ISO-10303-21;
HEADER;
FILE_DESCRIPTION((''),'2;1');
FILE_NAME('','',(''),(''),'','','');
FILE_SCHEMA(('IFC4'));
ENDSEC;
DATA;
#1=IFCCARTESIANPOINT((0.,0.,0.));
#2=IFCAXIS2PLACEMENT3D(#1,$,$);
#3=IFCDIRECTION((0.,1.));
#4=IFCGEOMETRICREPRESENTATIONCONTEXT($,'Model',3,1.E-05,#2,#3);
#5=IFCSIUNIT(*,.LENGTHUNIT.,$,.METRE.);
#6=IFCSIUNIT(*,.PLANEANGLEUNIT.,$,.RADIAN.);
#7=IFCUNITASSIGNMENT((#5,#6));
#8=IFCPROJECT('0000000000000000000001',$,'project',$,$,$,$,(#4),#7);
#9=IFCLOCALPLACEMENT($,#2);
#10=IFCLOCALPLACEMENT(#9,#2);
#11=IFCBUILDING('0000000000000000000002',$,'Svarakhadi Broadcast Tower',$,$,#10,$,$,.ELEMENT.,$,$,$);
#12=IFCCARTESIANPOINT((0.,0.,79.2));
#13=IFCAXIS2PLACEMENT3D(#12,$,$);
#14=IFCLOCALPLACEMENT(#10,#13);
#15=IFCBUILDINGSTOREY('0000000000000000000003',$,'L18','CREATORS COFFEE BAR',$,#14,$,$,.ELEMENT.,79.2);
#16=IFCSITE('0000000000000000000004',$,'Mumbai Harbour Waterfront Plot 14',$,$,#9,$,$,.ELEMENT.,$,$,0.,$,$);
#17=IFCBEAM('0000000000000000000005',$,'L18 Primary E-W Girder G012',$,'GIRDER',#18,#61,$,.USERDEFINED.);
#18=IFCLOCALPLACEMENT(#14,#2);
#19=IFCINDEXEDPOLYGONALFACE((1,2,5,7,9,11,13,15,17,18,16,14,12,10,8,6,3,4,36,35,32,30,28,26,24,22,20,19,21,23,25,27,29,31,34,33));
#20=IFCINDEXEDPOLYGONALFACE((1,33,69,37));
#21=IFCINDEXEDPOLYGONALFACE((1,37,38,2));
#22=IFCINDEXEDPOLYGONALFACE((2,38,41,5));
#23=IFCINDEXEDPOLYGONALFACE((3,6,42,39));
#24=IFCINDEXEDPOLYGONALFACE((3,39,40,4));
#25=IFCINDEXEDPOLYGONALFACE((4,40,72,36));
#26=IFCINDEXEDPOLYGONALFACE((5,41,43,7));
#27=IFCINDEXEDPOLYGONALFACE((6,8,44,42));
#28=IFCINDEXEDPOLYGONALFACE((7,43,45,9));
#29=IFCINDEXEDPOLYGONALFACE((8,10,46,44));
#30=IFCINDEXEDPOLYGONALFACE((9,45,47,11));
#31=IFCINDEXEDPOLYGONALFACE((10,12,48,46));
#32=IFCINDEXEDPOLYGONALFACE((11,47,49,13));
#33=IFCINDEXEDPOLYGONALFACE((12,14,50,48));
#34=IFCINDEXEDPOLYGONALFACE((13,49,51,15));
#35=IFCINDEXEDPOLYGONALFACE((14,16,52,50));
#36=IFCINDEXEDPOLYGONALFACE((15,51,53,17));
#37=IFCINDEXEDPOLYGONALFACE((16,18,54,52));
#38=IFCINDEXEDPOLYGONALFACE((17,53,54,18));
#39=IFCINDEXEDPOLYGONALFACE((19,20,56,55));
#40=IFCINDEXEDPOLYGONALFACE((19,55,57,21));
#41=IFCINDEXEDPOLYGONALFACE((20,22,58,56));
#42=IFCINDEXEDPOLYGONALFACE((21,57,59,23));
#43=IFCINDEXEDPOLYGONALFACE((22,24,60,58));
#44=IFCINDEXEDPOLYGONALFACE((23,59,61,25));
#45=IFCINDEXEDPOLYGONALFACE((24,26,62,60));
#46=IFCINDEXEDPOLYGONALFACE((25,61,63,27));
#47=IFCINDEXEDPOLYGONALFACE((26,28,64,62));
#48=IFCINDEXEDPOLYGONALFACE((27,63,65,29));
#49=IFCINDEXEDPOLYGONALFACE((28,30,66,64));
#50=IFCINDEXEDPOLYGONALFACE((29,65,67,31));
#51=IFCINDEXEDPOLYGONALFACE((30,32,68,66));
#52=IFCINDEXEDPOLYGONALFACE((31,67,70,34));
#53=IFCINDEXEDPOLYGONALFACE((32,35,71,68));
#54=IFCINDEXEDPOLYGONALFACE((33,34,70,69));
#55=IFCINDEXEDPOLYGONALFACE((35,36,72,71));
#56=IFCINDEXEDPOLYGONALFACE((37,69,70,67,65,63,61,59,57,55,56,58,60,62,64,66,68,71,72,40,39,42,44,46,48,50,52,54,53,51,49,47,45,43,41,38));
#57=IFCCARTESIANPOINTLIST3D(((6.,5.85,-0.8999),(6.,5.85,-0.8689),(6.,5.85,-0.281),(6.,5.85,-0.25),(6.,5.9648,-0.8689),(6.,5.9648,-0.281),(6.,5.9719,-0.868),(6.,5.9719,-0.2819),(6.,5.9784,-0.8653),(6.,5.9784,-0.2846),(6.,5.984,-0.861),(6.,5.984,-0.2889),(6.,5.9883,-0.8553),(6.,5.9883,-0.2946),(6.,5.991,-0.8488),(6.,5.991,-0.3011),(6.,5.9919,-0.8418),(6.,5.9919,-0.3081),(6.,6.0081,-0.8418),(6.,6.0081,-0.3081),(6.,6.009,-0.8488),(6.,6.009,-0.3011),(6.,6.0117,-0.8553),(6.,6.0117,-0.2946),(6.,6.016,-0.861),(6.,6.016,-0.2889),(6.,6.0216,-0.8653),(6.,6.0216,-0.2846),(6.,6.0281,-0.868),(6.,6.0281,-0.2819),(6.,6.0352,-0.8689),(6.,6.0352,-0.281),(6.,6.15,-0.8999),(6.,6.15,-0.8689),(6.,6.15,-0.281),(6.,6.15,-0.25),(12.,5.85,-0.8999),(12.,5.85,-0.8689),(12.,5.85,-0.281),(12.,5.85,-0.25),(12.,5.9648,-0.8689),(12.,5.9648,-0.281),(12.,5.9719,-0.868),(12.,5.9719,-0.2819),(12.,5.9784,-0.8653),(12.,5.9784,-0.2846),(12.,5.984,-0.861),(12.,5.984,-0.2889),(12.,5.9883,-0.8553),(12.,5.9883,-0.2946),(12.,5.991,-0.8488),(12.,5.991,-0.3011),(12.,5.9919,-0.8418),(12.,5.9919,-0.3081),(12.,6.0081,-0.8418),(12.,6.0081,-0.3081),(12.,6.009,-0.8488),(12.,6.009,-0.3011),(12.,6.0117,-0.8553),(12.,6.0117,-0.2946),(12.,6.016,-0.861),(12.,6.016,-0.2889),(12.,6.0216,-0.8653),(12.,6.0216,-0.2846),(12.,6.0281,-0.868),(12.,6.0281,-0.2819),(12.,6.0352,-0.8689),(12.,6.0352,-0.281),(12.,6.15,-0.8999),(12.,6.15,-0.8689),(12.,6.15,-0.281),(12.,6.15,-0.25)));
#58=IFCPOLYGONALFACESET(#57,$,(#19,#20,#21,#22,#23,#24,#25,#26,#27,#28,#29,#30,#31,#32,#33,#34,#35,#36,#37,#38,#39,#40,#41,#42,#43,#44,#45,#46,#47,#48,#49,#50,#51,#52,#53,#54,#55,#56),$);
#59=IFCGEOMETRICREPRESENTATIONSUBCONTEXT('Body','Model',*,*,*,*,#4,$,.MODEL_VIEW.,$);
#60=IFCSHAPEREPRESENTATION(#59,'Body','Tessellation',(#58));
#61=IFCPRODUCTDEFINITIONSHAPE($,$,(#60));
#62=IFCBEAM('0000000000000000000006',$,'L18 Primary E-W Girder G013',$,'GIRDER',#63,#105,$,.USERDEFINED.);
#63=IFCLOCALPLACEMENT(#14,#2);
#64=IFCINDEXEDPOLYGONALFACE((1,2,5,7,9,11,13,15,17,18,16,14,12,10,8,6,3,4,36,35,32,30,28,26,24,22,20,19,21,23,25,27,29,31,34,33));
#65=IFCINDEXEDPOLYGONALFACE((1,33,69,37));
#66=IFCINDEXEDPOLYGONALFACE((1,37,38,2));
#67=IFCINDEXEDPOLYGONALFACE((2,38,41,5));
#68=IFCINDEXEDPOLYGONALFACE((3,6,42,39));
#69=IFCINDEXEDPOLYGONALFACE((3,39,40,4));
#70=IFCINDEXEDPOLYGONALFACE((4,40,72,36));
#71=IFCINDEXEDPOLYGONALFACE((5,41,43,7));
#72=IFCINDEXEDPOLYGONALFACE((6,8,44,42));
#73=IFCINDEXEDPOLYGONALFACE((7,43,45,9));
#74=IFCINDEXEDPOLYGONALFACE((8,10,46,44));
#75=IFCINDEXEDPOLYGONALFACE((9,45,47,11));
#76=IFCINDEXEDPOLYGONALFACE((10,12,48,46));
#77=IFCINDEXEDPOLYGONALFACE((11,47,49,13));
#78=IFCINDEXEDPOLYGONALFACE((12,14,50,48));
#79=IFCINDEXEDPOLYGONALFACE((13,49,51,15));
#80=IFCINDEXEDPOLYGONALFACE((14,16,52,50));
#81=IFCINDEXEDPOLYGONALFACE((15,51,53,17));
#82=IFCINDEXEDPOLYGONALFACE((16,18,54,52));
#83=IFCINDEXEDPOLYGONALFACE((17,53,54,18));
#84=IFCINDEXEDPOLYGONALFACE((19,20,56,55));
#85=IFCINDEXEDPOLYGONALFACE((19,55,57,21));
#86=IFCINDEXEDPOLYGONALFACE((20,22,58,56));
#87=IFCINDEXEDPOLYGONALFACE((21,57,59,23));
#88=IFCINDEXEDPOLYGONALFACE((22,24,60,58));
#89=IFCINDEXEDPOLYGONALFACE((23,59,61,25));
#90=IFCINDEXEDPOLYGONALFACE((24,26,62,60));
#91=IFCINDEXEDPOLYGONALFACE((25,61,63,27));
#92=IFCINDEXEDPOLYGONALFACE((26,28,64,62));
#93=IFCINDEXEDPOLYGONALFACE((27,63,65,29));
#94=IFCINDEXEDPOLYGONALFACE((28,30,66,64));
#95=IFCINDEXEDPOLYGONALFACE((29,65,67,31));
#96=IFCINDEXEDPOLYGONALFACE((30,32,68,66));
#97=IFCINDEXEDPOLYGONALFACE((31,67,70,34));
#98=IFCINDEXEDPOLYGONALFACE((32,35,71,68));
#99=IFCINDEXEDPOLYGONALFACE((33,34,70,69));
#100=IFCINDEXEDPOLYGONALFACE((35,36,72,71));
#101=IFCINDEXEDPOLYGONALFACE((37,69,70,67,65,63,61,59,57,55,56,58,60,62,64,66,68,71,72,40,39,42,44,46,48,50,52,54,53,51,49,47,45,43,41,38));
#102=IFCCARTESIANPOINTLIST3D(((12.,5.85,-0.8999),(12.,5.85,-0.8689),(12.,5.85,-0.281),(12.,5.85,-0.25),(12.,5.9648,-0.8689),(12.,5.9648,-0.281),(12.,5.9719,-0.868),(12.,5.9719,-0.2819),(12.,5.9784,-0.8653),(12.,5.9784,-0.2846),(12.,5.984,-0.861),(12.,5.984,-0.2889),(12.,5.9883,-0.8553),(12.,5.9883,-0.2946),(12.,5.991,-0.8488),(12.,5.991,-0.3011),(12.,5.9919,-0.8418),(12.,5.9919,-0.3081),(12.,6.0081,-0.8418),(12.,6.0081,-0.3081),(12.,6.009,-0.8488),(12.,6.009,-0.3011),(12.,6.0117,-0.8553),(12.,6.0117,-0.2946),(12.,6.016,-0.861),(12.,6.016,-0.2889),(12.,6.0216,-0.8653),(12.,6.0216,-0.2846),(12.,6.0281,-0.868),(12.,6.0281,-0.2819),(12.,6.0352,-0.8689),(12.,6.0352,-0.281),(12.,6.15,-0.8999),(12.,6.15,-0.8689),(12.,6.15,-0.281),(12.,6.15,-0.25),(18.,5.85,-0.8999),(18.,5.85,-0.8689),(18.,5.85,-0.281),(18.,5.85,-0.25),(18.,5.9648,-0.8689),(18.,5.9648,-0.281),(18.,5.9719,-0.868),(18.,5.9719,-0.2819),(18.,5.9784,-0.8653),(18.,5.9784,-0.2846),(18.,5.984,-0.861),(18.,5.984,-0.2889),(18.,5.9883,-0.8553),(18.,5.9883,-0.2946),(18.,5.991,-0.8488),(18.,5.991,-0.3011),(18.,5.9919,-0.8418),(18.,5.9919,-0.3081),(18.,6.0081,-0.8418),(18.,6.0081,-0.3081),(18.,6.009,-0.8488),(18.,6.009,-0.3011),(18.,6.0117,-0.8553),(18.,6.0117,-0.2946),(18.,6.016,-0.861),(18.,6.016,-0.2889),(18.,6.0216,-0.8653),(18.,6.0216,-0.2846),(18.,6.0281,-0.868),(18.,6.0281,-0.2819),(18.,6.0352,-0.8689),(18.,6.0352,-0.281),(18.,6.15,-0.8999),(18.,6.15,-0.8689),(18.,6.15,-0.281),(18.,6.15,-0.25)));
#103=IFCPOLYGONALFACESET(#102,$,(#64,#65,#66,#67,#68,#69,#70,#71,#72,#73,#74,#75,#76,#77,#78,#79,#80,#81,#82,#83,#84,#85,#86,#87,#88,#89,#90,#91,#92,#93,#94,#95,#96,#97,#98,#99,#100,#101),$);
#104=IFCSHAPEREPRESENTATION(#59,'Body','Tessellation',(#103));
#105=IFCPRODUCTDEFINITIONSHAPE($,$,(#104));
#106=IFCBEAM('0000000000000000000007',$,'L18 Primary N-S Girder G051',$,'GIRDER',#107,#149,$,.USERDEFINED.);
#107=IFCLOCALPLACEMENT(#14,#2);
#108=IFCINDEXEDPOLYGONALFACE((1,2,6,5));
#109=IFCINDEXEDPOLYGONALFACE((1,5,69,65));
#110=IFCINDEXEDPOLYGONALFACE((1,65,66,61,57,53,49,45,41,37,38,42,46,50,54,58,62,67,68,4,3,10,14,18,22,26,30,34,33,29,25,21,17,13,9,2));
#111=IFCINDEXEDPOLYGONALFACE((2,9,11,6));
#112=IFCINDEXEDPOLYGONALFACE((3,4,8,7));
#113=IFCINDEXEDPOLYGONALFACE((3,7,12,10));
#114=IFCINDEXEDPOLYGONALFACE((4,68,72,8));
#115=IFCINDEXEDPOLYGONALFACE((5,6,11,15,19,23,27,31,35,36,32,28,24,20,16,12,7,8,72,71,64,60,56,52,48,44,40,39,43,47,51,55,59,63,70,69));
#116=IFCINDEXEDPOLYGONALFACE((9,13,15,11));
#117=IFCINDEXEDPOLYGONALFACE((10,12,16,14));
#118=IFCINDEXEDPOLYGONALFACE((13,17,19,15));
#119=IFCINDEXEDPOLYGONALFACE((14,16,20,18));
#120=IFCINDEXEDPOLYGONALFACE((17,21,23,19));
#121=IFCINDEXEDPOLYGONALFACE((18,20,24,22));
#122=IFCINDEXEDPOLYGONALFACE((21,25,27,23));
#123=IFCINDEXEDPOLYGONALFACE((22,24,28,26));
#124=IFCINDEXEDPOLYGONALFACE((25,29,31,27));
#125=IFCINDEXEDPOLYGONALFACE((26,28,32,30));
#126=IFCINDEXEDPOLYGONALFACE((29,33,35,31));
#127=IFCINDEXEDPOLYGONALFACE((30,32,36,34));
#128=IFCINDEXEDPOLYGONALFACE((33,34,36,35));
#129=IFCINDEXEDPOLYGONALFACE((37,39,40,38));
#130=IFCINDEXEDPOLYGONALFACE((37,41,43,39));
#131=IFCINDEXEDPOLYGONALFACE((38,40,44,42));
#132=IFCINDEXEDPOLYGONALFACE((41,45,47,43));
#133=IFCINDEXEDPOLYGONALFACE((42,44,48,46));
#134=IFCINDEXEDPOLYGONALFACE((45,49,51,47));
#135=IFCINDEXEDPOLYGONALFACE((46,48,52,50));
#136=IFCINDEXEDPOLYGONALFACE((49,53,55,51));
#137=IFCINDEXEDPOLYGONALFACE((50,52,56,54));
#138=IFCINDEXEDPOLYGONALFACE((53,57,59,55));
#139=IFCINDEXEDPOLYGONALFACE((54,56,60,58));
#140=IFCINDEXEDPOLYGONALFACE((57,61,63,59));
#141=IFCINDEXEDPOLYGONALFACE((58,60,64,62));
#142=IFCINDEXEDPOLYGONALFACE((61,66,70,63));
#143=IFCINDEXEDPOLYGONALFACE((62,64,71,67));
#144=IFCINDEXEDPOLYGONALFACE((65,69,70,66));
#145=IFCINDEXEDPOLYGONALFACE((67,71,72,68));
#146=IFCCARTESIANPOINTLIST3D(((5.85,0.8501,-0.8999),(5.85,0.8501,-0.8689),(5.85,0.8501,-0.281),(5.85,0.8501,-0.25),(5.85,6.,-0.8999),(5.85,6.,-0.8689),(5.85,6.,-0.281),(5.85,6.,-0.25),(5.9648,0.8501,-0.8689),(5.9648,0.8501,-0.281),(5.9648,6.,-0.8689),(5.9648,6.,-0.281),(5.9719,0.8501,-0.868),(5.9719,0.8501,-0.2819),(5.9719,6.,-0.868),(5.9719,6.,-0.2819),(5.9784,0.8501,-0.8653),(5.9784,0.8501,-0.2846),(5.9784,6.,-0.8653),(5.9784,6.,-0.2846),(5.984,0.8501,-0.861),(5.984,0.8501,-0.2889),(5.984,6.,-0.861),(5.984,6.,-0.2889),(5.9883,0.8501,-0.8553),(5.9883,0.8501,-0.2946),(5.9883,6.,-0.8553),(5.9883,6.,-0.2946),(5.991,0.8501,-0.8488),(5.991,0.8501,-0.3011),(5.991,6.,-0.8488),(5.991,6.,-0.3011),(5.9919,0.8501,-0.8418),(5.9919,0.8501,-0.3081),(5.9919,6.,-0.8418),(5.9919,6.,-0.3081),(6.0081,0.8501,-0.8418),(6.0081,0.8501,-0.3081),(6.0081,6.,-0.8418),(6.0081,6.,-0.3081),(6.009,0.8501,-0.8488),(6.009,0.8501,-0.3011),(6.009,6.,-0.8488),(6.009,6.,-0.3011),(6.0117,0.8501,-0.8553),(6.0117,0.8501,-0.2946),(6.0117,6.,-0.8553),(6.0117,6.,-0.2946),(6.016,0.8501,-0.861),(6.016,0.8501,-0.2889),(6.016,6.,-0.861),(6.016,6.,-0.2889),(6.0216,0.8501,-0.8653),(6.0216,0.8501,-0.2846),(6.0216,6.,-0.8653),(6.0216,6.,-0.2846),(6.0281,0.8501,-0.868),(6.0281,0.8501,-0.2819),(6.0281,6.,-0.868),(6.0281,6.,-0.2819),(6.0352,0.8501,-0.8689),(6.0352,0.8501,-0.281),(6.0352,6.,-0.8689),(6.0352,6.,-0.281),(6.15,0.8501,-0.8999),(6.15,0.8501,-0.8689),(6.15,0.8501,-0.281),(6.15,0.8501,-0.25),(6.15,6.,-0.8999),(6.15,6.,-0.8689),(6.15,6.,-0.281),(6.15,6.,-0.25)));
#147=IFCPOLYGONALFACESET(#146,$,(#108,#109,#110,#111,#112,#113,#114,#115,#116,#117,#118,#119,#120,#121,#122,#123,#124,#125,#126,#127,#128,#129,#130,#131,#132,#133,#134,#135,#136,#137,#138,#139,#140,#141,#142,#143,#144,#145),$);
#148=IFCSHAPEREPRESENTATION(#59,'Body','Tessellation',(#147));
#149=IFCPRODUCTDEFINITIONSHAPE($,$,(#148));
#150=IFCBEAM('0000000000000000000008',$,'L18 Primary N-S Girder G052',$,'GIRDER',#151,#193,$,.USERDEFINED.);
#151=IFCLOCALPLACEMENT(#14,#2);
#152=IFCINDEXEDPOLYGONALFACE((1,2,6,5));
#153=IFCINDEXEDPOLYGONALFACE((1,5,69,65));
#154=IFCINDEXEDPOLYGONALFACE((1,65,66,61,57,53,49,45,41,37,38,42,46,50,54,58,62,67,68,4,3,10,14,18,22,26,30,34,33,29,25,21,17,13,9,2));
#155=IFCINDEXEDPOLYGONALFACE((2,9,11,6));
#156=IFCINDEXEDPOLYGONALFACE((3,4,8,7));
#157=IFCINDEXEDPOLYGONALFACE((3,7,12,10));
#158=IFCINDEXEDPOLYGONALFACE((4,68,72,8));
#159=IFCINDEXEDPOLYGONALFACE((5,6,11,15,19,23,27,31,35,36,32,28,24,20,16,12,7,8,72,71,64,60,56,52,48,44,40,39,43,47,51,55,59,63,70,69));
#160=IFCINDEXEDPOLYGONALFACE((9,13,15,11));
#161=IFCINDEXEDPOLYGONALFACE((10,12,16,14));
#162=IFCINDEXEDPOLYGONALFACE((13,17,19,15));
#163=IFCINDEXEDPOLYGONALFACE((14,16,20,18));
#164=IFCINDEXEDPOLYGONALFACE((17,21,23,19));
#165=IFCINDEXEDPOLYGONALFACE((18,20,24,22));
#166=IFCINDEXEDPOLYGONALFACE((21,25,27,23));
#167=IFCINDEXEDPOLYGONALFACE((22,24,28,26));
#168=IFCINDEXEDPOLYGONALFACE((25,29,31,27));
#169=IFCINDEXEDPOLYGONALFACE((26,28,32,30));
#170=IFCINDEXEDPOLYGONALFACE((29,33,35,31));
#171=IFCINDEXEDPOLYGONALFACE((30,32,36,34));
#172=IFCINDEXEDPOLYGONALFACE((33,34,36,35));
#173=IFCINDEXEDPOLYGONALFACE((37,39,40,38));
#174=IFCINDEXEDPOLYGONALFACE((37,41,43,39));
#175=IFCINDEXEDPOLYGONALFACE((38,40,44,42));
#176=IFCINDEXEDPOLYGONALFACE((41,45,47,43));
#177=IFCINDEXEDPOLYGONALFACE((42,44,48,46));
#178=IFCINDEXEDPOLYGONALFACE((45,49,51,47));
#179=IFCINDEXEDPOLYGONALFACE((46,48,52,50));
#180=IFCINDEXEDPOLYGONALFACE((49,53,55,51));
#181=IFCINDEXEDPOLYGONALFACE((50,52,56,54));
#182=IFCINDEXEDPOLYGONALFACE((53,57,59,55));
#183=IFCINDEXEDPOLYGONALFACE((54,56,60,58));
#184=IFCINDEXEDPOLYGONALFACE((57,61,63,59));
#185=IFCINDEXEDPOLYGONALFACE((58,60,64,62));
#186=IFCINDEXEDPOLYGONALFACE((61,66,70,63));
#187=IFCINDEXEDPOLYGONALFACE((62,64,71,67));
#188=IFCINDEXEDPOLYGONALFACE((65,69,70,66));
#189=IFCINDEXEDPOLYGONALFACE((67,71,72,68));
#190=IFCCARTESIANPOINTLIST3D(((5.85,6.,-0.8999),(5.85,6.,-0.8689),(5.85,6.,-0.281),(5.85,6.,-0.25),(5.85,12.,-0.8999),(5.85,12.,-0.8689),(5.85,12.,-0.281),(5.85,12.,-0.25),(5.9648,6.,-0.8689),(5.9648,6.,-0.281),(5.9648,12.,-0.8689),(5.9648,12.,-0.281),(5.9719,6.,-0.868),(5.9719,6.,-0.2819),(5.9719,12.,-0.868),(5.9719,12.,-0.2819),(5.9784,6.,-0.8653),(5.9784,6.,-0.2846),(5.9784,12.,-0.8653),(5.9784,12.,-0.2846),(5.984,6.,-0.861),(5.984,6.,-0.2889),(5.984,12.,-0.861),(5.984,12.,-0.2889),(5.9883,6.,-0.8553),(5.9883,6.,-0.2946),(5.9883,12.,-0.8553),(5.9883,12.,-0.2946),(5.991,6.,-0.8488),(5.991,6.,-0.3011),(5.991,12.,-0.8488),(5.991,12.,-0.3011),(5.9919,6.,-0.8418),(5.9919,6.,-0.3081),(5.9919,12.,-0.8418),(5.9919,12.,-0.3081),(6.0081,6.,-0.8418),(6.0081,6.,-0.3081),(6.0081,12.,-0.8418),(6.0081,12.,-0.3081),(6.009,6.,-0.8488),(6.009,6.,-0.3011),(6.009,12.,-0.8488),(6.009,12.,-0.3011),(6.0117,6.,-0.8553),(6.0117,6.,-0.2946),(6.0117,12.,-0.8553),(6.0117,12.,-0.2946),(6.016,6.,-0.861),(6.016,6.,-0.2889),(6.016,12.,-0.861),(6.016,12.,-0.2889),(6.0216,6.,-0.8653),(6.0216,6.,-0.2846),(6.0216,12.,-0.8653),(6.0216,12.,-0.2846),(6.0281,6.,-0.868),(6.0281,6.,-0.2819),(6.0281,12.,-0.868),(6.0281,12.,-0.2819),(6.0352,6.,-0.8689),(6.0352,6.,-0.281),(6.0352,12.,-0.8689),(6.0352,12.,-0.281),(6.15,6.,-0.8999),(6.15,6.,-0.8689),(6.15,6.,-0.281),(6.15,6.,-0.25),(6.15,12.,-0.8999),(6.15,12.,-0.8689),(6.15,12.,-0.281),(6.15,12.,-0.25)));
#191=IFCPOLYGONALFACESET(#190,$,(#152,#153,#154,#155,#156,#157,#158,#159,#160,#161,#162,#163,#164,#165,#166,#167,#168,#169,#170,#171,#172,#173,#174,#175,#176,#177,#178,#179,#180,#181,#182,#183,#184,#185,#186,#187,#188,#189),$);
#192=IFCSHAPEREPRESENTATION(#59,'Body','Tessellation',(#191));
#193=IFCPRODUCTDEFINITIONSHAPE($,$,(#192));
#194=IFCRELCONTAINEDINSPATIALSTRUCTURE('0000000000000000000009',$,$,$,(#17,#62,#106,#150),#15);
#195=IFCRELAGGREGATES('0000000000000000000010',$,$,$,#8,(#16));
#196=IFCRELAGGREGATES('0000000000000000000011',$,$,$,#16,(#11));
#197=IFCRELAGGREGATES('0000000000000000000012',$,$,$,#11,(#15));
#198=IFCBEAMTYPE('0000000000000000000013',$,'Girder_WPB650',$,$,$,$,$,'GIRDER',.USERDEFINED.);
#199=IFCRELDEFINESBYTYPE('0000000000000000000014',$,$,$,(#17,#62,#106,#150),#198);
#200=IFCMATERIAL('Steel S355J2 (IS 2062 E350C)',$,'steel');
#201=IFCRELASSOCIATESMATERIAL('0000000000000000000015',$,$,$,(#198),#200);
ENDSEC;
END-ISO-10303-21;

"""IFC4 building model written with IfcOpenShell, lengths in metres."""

from ifc_helpers import new_model, si_unit, direction, frame, origin, origin_2d, place, context, subcontext, project, spatial, i_section, extrude, material, material_profile, profile_set, type_object, element, save


model = new_model("IFC4")

# Units and contexts
model_context = context("Model", 3, precision=1e-05, world=origin(), true_north=direction((0.0, 1.0)))
body_context = subcontext(model_context, "Body", "Model", "MODEL_VIEW")
ifc_project = project(units=[si_unit("LENGTHUNIT", "METRE"), si_unit("PLANEANGLEUNIT", "RADIAN")], contexts=[model_context])

# Site, building, storey
site_placement = place(None, origin())
site = spatial("IfcSite", under=ifc_project, at=site_placement, Name="Mumbai Harbour Waterfront Plot 14", CompositionType="ELEMENT", RefElevation=0.0)
building_placement = place(site_placement, origin())
building = spatial("IfcBuilding", under=site, at=building_placement, Name="Svarakhadi Broadcast Tower", CompositionType="ELEMENT")
storey_placement = place(building_placement, frame((0.0, 0.0, 79.2)))
storey = spatial("IfcBuildingStorey", under=building, at=storey_placement, Name="L18", Description="CREATORS COFFEE BAR", CompositionType="ELEMENT", Elevation=79.2)

# Shared definitions
ifc_material_1 = material(Name="Steel S355J2 (IS 2062 E350C)", Category="steel")

# Beams
ifc_material_profile_1 = material_profile(ifc_material_1, i_section(OverallWidth=0.3, OverallDepth=0.6499, WebThickness=0.0161, FlangeThickness=0.031, FilletRadius=0.0271, at=origin_2d()), Name="WPB 650x300x225")
ifc_profile_set_1 = profile_set([ifc_material_profile_1], Name="Steel S355J2 (IS 2062 E350C)")
beam_type_1 = type_object("IfcBeamType", Name="Girder_WPB650", ElementType="GIRDER", PredefinedType="USERDEFINED", material=ifc_profile_set_1)
for number, where, z_axis, x_axis, name in (
    (1, (6.0, 6.0, -0.575), (1.0, 0.0, 0.0), (0.0, 1.0, 0.0), "L18 Primary E-W Girder G012"),
    (2, (12.0, 6.0, -0.575), (1.0, 0.0, 0.0), (0.0, 1.0, 0.0), "L18 Primary E-W Girder G013"),
):
    element("IfcBeam", number, at=place(storey_placement, frame(where, z_axis=z_axis, x_axis=x_axis)), inside=storey, type_object=beam_type_1, Name=name, ObjectType="GIRDER", PredefinedType="USERDEFINED", context=body_context, shape_type="SweptSolid", body=[
        extrude(i_section(OverallWidth=0.3, OverallDepth=0.6499, WebThickness=0.0161, FlangeThickness=0.031, FilletRadius=0.0271, at=origin_2d()), origin(), (0.0, 0.0, 1.0), 6.0),
    ])
beam_1_placement = place(storey_placement, frame((6.0, 0.8501, -0.575), z_axis=(0.0, 1.0, 0.0), x_axis=(-1.0, 0.0, 0.0)))
element("IfcBeam", 3, at=beam_1_placement, inside=storey, type_object=beam_type_1, Name="L18 Primary N-S Girder G051", ObjectType="GIRDER", PredefinedType="USERDEFINED", context=body_context, shape_type="SweptSolid", body=[
    extrude(i_section(OverallWidth=0.3, OverallDepth=0.6499, WebThickness=0.0161, FlangeThickness=0.031, FilletRadius=0.0271, at=origin_2d()), origin(), (0.0, 0.0, 1.0), 5.1499),
])
beam_2_placement = place(storey_placement, frame((6.0, 6.0, -0.575), z_axis=(0.0, 1.0, 0.0), x_axis=(-1.0, 0.0, 0.0)))
element("IfcBeam", 4, at=beam_2_placement, inside=storey, type_object=beam_type_1, Name="L18 Primary N-S Girder G052", ObjectType="GIRDER", PredefinedType="USERDEFINED", context=body_context, shape_type="SweptSolid", body=[
    extrude(i_section(OverallWidth=0.3, OverallDepth=0.6499, WebThickness=0.0161, FlangeThickness=0.031, FilletRadius=0.0271, at=origin_2d()), origin(), (0.0, 0.0, 1.0), 6.0),
])

save(model, "model.ifc")
